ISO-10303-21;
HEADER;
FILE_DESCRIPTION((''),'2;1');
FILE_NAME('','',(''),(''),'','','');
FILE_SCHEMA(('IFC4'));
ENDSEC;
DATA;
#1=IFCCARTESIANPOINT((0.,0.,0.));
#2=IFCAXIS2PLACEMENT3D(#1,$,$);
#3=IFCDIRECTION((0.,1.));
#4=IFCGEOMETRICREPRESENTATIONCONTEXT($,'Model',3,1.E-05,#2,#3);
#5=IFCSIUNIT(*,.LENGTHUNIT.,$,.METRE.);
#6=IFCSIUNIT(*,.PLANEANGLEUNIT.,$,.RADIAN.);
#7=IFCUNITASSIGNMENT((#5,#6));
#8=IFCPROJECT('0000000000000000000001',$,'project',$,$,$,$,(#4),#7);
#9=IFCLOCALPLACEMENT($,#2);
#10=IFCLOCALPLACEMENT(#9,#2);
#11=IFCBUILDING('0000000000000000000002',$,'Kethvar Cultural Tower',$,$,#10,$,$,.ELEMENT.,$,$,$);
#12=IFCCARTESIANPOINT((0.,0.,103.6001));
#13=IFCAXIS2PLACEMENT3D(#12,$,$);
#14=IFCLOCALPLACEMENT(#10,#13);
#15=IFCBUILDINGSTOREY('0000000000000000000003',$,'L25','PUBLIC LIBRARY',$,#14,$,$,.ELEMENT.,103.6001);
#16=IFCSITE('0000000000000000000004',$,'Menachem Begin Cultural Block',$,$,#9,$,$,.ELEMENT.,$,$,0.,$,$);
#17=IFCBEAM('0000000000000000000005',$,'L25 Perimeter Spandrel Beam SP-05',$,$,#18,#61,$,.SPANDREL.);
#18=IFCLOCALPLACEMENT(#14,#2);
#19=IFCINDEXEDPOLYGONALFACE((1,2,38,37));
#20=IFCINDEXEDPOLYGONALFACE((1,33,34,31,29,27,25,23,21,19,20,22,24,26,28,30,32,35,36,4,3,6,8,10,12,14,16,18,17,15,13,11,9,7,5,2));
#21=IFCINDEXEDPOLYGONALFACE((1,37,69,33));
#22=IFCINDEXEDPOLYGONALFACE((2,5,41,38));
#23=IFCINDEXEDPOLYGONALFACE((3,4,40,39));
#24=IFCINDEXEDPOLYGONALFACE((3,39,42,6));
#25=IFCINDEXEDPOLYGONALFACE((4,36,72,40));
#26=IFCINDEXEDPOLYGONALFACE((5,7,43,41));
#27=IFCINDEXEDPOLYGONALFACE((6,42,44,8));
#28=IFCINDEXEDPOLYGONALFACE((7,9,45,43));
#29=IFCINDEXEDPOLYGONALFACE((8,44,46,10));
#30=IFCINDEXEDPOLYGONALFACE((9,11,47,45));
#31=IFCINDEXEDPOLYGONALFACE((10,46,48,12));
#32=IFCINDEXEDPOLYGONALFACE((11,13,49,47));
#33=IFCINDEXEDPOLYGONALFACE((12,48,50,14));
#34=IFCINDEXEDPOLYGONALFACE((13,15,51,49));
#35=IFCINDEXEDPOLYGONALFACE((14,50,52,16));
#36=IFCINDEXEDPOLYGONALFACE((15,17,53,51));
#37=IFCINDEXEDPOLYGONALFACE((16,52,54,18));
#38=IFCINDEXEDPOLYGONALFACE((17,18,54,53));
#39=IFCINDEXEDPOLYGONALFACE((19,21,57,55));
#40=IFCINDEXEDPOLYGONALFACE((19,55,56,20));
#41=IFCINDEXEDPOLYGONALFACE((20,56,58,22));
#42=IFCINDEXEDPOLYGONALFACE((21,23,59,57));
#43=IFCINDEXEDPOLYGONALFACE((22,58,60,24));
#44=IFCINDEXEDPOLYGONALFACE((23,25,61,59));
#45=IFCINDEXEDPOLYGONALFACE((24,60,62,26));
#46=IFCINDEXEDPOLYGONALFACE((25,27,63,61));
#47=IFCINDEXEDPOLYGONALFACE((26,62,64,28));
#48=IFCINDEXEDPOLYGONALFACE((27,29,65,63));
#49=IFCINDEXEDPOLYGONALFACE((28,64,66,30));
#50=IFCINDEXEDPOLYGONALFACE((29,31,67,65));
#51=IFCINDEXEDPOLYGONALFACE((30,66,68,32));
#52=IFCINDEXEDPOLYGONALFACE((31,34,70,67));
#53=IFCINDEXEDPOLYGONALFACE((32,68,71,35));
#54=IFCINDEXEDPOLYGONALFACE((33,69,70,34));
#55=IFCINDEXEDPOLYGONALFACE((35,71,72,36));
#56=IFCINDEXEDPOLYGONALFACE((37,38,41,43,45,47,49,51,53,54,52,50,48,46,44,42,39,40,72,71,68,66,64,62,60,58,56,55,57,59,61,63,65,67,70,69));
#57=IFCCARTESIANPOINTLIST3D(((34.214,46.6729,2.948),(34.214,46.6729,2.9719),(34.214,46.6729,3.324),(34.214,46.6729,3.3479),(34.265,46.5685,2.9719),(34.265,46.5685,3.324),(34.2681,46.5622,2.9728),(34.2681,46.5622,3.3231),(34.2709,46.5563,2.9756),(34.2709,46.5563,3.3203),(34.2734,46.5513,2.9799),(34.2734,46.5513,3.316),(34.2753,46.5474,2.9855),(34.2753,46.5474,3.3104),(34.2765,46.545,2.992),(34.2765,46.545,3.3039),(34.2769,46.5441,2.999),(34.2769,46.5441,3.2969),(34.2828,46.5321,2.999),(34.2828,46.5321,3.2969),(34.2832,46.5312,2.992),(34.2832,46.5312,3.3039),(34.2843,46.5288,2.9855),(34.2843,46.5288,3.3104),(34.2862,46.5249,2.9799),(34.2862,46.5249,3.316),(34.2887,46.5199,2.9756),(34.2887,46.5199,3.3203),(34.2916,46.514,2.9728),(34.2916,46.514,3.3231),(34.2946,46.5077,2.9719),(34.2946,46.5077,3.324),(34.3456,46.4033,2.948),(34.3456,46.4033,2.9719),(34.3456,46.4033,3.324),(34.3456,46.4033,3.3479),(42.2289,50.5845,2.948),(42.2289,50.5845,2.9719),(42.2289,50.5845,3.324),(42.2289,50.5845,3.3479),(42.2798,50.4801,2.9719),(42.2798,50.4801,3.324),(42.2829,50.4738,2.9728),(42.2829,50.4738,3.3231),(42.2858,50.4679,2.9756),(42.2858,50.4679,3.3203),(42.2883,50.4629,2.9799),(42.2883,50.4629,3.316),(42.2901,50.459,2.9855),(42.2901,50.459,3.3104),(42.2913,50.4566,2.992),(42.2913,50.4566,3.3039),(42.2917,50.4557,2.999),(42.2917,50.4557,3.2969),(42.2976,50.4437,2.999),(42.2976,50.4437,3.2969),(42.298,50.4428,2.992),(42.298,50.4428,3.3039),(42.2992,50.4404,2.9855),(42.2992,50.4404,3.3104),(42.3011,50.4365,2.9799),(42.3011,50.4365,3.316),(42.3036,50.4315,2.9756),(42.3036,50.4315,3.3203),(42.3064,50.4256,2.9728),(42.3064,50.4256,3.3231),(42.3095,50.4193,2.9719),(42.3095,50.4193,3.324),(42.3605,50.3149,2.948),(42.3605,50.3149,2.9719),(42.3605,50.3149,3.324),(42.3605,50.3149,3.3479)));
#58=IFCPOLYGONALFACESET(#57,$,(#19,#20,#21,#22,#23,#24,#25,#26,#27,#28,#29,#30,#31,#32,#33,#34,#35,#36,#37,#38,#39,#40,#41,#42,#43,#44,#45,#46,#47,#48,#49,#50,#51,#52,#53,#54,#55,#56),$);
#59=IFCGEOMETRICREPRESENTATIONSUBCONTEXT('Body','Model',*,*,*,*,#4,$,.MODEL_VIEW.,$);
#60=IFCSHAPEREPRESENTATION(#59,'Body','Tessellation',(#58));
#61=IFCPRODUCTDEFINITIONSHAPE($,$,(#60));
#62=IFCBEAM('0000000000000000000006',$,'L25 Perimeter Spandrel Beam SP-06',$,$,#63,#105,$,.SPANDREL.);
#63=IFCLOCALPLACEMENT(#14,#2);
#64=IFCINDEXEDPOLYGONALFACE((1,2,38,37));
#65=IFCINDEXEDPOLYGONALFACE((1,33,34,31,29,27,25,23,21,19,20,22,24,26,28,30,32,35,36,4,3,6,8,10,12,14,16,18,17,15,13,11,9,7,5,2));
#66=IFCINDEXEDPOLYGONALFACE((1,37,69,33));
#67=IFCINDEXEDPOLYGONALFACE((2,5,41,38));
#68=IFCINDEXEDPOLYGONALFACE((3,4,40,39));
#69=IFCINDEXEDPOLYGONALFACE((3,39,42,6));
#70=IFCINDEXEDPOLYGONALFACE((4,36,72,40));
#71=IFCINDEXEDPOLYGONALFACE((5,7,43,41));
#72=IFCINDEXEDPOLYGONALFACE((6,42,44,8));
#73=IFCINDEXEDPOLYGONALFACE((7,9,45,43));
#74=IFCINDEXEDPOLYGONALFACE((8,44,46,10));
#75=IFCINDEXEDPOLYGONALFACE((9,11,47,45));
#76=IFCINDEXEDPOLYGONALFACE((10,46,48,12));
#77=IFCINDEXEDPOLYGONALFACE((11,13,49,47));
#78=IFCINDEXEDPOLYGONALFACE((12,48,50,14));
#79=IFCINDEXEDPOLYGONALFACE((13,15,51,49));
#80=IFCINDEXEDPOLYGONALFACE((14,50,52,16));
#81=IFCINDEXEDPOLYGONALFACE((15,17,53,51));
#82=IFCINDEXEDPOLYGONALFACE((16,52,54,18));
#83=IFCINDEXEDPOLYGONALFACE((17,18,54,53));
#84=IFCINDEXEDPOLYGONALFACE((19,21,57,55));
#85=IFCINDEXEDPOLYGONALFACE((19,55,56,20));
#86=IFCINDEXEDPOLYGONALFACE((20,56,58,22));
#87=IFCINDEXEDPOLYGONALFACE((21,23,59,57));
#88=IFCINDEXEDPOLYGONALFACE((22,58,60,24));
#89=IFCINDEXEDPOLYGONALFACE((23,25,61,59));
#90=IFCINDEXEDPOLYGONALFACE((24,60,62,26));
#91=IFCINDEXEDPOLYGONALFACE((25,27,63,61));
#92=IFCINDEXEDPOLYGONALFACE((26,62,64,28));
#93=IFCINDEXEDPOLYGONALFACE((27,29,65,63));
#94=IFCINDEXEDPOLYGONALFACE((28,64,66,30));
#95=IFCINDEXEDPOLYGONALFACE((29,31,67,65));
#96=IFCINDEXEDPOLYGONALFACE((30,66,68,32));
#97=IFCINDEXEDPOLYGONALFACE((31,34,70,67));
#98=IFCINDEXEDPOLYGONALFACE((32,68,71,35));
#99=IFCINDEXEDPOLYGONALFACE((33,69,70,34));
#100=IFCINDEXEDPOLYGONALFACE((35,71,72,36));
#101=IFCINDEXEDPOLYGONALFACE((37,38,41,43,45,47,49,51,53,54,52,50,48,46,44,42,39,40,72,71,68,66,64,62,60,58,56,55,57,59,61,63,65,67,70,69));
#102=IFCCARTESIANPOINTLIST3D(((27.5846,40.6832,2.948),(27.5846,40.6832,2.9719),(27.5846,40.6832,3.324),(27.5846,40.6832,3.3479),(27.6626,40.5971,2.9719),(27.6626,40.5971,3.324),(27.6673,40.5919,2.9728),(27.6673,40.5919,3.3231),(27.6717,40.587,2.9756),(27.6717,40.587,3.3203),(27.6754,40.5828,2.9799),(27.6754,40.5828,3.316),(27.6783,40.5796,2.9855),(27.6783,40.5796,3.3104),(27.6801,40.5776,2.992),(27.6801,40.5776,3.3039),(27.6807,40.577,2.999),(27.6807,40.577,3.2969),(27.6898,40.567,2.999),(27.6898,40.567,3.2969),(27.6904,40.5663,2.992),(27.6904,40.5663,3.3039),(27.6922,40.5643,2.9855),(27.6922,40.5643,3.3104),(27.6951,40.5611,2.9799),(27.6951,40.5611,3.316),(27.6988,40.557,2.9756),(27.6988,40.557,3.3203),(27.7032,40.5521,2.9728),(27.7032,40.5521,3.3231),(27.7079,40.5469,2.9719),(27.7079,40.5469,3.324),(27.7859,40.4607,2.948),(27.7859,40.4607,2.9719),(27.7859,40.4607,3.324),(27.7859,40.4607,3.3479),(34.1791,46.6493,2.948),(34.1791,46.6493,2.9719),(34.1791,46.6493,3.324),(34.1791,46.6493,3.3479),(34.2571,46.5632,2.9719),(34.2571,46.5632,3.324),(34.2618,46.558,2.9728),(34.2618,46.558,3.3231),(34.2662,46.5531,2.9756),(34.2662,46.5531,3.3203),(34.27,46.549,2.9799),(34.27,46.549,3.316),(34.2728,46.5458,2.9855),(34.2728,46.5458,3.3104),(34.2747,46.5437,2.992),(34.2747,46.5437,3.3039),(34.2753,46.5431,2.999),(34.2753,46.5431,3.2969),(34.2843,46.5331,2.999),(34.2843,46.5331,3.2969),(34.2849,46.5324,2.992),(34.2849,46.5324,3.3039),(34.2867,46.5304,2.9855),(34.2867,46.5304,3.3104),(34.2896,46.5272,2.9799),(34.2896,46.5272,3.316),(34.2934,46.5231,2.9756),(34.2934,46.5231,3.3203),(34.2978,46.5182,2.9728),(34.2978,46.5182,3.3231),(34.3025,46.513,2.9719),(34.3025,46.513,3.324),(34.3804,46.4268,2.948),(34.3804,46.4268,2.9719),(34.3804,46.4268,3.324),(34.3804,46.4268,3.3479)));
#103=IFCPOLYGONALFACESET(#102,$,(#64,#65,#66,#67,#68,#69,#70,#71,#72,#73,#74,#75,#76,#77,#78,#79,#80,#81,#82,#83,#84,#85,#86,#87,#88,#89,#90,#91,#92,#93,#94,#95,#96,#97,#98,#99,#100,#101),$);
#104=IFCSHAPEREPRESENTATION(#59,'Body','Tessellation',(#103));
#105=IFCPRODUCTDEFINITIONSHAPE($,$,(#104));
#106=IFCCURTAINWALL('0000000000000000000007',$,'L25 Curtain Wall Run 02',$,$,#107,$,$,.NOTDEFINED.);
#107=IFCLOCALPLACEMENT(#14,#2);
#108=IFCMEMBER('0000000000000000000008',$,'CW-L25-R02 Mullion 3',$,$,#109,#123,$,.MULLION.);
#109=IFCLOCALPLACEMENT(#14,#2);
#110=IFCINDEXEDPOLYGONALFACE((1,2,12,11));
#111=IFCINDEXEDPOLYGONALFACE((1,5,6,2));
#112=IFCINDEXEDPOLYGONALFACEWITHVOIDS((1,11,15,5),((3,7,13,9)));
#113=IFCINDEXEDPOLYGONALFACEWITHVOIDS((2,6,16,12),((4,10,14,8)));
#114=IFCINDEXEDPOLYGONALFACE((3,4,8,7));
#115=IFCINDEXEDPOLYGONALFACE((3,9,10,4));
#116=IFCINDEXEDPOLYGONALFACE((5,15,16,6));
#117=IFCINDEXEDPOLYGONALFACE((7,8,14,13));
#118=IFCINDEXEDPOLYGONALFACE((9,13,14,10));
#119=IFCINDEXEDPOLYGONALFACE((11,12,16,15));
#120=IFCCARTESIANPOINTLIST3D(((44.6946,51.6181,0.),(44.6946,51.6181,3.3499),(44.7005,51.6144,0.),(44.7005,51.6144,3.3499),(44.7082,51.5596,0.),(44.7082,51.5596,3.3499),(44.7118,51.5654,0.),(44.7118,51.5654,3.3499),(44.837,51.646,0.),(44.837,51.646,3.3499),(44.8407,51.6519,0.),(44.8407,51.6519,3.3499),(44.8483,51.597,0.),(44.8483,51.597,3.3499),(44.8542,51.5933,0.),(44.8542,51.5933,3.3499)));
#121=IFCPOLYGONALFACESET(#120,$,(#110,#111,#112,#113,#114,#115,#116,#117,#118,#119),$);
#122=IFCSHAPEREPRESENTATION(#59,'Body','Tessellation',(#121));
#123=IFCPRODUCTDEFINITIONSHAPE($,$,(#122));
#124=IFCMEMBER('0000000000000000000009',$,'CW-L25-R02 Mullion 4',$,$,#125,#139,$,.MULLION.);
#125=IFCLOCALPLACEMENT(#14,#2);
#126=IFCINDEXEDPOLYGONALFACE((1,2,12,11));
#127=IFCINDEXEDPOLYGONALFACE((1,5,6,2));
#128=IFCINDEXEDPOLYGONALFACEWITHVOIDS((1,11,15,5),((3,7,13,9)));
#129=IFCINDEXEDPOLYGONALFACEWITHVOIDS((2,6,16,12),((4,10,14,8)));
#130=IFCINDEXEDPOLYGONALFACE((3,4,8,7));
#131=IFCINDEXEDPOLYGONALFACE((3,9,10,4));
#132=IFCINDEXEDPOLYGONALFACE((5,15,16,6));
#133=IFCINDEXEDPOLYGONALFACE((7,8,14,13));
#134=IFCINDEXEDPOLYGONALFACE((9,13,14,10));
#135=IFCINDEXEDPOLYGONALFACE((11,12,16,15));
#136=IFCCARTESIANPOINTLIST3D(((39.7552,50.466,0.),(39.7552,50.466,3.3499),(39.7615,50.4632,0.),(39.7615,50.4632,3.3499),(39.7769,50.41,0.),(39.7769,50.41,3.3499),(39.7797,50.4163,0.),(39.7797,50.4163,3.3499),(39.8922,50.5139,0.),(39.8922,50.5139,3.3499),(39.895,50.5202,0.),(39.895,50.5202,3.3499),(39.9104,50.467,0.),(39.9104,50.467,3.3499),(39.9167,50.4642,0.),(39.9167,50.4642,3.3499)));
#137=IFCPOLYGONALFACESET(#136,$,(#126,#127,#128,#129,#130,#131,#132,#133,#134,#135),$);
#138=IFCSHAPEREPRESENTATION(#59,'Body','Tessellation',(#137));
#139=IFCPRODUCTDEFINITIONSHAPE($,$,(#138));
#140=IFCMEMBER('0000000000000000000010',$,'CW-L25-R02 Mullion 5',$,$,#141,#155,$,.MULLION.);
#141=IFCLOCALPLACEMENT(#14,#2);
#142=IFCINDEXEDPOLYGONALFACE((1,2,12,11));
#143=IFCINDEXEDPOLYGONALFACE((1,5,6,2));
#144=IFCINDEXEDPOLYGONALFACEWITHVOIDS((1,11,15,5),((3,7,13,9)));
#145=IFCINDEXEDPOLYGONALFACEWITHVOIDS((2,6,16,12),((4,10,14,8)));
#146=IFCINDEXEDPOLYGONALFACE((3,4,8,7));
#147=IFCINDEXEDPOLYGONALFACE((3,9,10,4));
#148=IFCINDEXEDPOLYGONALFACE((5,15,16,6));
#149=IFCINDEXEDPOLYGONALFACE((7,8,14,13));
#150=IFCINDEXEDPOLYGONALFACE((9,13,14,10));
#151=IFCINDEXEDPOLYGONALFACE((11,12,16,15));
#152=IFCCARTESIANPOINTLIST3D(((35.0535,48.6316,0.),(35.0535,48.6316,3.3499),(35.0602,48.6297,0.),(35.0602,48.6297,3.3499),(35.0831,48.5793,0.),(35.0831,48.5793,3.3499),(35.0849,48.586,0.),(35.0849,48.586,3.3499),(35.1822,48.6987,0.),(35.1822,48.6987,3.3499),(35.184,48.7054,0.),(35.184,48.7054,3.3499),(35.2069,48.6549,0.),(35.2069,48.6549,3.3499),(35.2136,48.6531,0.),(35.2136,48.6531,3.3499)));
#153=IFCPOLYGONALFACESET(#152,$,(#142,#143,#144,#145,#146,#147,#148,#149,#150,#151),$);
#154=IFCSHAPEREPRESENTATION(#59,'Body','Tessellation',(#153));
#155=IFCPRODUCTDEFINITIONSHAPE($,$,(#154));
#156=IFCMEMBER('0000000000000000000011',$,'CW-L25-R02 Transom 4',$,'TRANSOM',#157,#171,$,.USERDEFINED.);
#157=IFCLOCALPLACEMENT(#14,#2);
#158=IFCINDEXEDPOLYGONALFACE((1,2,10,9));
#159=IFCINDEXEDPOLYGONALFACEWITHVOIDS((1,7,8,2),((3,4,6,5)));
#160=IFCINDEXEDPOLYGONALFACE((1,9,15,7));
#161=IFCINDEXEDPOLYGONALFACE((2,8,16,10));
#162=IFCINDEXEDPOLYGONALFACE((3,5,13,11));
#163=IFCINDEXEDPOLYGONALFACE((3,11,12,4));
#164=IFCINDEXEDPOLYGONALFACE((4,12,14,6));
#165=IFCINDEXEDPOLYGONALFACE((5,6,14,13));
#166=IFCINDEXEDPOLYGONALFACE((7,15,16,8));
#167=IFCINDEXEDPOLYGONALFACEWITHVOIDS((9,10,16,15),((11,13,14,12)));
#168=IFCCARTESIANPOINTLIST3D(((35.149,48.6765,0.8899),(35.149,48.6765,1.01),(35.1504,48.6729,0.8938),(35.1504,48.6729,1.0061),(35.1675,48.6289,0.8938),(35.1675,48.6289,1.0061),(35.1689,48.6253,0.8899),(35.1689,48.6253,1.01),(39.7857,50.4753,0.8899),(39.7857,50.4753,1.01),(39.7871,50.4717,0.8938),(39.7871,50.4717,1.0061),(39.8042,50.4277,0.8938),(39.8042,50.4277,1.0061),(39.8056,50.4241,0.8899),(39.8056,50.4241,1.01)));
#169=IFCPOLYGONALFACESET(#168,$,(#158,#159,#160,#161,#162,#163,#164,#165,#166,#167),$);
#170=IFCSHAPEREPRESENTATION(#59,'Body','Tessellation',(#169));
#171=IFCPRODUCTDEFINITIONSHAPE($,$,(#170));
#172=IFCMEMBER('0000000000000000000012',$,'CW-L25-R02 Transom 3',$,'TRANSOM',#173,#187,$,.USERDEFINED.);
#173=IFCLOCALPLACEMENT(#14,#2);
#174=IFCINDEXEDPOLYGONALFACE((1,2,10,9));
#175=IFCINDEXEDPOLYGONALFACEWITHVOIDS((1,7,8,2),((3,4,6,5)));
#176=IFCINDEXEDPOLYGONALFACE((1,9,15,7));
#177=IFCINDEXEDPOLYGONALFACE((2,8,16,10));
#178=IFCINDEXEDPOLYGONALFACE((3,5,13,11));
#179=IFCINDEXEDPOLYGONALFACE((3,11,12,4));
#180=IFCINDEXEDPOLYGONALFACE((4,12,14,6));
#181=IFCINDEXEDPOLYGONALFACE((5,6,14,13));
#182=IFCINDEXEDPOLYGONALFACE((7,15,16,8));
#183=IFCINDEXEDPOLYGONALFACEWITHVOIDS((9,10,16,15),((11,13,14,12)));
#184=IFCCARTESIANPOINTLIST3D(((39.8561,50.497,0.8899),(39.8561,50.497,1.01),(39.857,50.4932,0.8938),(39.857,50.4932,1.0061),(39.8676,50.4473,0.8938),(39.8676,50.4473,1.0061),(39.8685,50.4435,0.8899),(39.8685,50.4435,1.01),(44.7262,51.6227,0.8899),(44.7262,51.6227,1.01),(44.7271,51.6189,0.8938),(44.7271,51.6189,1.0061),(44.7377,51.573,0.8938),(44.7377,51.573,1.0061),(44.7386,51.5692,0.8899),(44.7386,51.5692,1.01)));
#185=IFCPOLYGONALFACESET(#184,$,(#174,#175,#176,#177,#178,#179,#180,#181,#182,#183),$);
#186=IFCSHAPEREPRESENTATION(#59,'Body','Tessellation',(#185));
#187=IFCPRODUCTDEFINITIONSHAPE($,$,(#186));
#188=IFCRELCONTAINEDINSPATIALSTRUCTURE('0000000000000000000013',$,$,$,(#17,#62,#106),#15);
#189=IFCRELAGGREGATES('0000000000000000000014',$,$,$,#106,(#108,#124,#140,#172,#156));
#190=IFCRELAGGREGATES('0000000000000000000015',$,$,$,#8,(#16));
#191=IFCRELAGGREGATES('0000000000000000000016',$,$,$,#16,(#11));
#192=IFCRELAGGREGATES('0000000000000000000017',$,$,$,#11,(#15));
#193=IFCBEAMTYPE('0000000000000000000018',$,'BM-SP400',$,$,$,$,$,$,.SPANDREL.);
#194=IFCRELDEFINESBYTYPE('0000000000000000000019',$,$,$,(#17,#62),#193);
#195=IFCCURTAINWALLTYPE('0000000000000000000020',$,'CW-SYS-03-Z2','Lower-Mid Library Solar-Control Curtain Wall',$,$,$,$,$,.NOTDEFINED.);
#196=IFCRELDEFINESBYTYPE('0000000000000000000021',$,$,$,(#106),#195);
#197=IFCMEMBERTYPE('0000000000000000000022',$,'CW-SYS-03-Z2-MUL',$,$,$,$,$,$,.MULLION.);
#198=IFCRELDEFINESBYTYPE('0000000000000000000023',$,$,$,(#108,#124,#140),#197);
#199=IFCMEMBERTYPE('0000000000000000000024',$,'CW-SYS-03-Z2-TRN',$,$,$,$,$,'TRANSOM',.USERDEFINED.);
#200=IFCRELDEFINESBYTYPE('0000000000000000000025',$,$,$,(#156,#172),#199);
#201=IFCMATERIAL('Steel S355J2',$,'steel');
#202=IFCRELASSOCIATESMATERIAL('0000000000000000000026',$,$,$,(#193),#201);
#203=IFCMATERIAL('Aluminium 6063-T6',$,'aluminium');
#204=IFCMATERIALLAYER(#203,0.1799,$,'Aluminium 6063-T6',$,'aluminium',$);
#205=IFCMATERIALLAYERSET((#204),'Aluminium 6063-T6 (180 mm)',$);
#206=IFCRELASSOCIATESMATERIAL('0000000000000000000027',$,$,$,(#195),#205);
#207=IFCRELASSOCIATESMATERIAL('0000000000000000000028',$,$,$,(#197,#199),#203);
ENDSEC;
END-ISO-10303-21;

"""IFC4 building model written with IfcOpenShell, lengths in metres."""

from ifc_helpers import new_model, si_unit, direction, frame, origin, origin_2d, place, context, subcontext, project, spatial, hollow_rectangle, i_section, extrude, source, transform, mapped, material, layer, layer_set, material_profile, profile_set, type_object, element, aggregate, save


model = new_model("IFC4")

# Units and contexts
model_context = context("Model", 3, precision=1e-05, world=origin(), true_north=direction((0.0, 1.0)))
body_context = subcontext(model_context, "Body", "Model", "MODEL_VIEW")
ifc_project = project(units=[si_unit("LENGTHUNIT", "METRE"), si_unit("PLANEANGLEUNIT", "RADIAN")], contexts=[model_context])

# Site, building, storey
site_placement = place(None, origin())
site = spatial("IfcSite", under=ifc_project, at=site_placement, Name="Menachem Begin Cultural Block", CompositionType="ELEMENT", RefElevation=0.0)
building_placement = place(site_placement, origin())
building = spatial("IfcBuilding", under=site, at=building_placement, Name="Kethvar Cultural Tower", CompositionType="ELEMENT")
storey_placement = place(building_placement, frame((0.0, 0.0, 103.6001)))
storey = spatial("IfcBuildingStorey", under=building, at=storey_placement, Name="L25", Description="PUBLIC LIBRARY", CompositionType="ELEMENT", Elevation=103.6001)

# Beams
ifc_material_1 = material(Name="Steel S355J2", Category="steel")
ifc_material_profile_1 = material_profile(ifc_material_1, i_section(OverallWidth=0.3, OverallDepth=0.3999, WebThickness=0.0134, FlangeThickness=0.0239, FilletRadius=0.0271, at=origin_2d()), Name="Steel S355J2 — HEB400")
ifc_profile_set_1 = profile_set([ifc_material_profile_1], Name="Steel S355J2 — HEB400")
beam_type_1 = type_object("IfcBeamType", Name="BM-SP400", PredefinedType="SPANDREL", material=ifc_profile_set_1)
shared_shape_1 = source(origin(), body_context, "Body", "SweptSolid", [
    extrude(i_section(OverallWidth=0.3, OverallDepth=0.3999, WebThickness=0.0134, FlangeThickness=0.0239, FilletRadius=0.0271, at=origin_2d()), origin(), (0.0, 0.0, 1.0), 8.9185),
])
beam_1_placement = place(storey_placement, frame((42.2947, 50.4497, 3.1479), z_axis=(-0.898684, -0.438597, 0.0), x_axis=(0.438597, -0.898684, 0.0)))
element("IfcBeam", 1, at=beam_1_placement, inside=storey, type_object=beam_type_1, Name="L25 Perimeter Spandrel Beam SP-05", PredefinedType="SPANDREL", context=body_context, shape_type="MappedRepresentation", body=[
    mapped(shared_shape_1, transform((0.0, 0.0, 0.0), scale=1.0)),
])
shared_shape_2 = source(origin(), body_context, "Body", "SweptSolid", [
    extrude(i_section(OverallWidth=0.3, OverallDepth=0.3999, WebThickness=0.0134, FlangeThickness=0.0239, FilletRadius=0.0271, at=origin_2d()), origin(), (0.0, 0.0, 1.0), 8.8928),
])
beam_2_placement = place(storey_placement, frame((34.2798, 46.5381, 3.1479), z_axis=(-0.741557, -0.67089, 0.0), x_axis=(0.67089, -0.741557, 0.0)))
element("IfcBeam", 2, at=beam_2_placement, inside=storey, type_object=beam_type_1, Name="L25 Perimeter Spandrel Beam SP-06", PredefinedType="SPANDREL", context=body_context, shape_type="MappedRepresentation", body=[
    mapped(shared_shape_2, transform((0.0, 0.0, 0.0), scale=1.0)),
])

# Curtain wall, members
ifc_material_2 = material(Name="Aluminium 6063-T6", Category="aluminium")
ifc_layer_1 = layer(ifc_material_2, 0.1799, Name="Aluminium 6063-T6", Category="aluminium")
ifc_layer_set_1 = layer_set([ifc_layer_1], Name="Aluminium 6063-T6 (180 mm)")
curtain_wall_type = type_object("IfcCurtainWallType", Name="CW-SYS-03-Z2", Description="Lower-Mid Library Solar-Control Curtain Wall", PredefinedType="NOTDEFINED", material=ifc_layer_set_1)
curtain_wall_placement = place(storey_placement, origin())
curtain_wall = element("IfcCurtainWall", 3, at=curtain_wall_placement, inside=storey, type_object=curtain_wall_type, Name="L25 Curtain Wall Run 02", PredefinedType="NOTDEFINED")
ifc_material_profile_2 = material_profile(ifc_material_2, hollow_rectangle(XDim=0.0601, YDim=0.1499, WallThickness=0.0049, at=origin_2d()), Name="Aluminium 6063-T6 — RHS150x60x5")
ifc_profile_set_2 = profile_set([ifc_material_profile_2], Name="Aluminium 6063-T6 — RHS150x60x5")
member_type_1 = type_object("IfcMemberType", Name="CW-SYS-03-Z2-MUL", PredefinedType="MULLION", material=ifc_profile_set_2)
shared_shape_3 = source(origin(), body_context, "Body", "SweptSolid", [
    extrude(hollow_rectangle(XDim=0.0601, YDim=0.1499, WallThickness=0.0049, at=origin_2d()), origin(), (0.0, 0.0, 1.0), 3.3499),
])
member_1_placement = place(storey_placement, frame((44.7744, 51.6057, 0.0), z_axis=(0.0, 0.0, 1.0), x_axis=(0.225257, -0.974299, 0.0)))
member_1 = element("IfcMember", 4, at=member_1_placement, type_object=member_type_1, Name="CW-L25-R02 Mullion 3", PredefinedType="MULLION", context=body_context, shape_type="MappedRepresentation", body=[
    mapped(shared_shape_3, transform((0.0, 0.0, 0.0), scale=1.0)),
])
member_2_placement = place(storey_placement, frame((39.8359, 50.4651, 0.0), z_axis=(0.0, 0.0, 1.0), x_axis=(0.361657, -0.932311, 0.0)))
member_2 = element("IfcMember", 5, at=member_2_placement, type_object=member_type_1, Name="CW-L25-R02 Mullion 4", PredefinedType="MULLION", context=body_context, shape_type="MappedRepresentation", body=[
    mapped(shared_shape_3, transform((0.0, 0.0, 0.0), scale=1.0)),
])
member_3_placement = place(storey_placement, frame((35.1335, 48.6423, 0.0), z_axis=(0.0, 0.0, 1.0), x_axis=(0.492256, -0.87045, 0.0)))
member_3 = element("IfcMember", 6, at=member_3_placement, type_object=member_type_1, Name="CW-L25-R02 Mullion 5", PredefinedType="MULLION", context=body_context, shape_type="MappedRepresentation", body=[
    mapped(shared_shape_3, transform((0.0, 0.0, 0.0), scale=1.0)),
])
ifc_material_profile_3 = material_profile(ifc_material_2, hollow_rectangle(XDim=0.0549, YDim=0.1201, WallThickness=0.0039, at=origin_2d()), Name="Aluminium 6063-T6 — RHS120x55x4")
ifc_profile_set_3 = profile_set([ifc_material_profile_3], Name="Aluminium 6063-T6 — RHS120x55x4")
member_type_2 = type_object("IfcMemberType", Name="CW-SYS-03-Z2-TRN", ElementType="TRANSOM", PredefinedType="USERDEFINED", material=ifc_profile_set_3)
shared_shape_4 = source(origin(), body_context, "Body", "SweptSolid", [
    extrude(hollow_rectangle(XDim=0.0549, YDim=0.1201, WallThickness=0.0039, at=origin_2d()), origin(), (0.0, 0.0, 1.0), 4.9734),
])
member_4_placement = place(storey_placement, frame((39.7957, 50.4497, 0.95), z_axis=(-0.932299, -0.361688, 0.0), x_axis=(0.361688, -0.932299, 0.0)))
member_4 = element("IfcMember", 7, at=member_4_placement, type_object=member_type_2, Name="CW-L25-R02 Transom 4", ObjectType="TRANSOM", PredefinedType="USERDEFINED", context=body_context, shape_type="MappedRepresentation", body=[
    mapped(shared_shape_4, transform((0.0, 0.0, 0.0), scale=1.0)),
])
shared_shape_5 = source(origin(), body_context, "Body", "SweptSolid", [
    extrude(hollow_rectangle(XDim=0.0549, YDim=0.1201, WallThickness=0.0039, at=origin_2d()), origin(), (0.0, 0.0, 1.0), 4.9985),
])
member_5_placement = place(storey_placement, frame((44.7324, 51.5959, 0.95), z_axis=(-0.97431, -0.225213, 0.0), x_axis=(0.225213, -0.97431, 0.0)))
member_5 = element("IfcMember", 8, at=member_5_placement, type_object=member_type_2, Name="CW-L25-R02 Transom 3", ObjectType="TRANSOM", PredefinedType="USERDEFINED", context=body_context, shape_type="MappedRepresentation", body=[
    mapped(shared_shape_5, transform((0.0, 0.0, 0.0), scale=1.0)),
])
aggregate(curtain_wall, [member_1, member_2, member_3, member_5, member_4])

save(model, "model.ifc")
